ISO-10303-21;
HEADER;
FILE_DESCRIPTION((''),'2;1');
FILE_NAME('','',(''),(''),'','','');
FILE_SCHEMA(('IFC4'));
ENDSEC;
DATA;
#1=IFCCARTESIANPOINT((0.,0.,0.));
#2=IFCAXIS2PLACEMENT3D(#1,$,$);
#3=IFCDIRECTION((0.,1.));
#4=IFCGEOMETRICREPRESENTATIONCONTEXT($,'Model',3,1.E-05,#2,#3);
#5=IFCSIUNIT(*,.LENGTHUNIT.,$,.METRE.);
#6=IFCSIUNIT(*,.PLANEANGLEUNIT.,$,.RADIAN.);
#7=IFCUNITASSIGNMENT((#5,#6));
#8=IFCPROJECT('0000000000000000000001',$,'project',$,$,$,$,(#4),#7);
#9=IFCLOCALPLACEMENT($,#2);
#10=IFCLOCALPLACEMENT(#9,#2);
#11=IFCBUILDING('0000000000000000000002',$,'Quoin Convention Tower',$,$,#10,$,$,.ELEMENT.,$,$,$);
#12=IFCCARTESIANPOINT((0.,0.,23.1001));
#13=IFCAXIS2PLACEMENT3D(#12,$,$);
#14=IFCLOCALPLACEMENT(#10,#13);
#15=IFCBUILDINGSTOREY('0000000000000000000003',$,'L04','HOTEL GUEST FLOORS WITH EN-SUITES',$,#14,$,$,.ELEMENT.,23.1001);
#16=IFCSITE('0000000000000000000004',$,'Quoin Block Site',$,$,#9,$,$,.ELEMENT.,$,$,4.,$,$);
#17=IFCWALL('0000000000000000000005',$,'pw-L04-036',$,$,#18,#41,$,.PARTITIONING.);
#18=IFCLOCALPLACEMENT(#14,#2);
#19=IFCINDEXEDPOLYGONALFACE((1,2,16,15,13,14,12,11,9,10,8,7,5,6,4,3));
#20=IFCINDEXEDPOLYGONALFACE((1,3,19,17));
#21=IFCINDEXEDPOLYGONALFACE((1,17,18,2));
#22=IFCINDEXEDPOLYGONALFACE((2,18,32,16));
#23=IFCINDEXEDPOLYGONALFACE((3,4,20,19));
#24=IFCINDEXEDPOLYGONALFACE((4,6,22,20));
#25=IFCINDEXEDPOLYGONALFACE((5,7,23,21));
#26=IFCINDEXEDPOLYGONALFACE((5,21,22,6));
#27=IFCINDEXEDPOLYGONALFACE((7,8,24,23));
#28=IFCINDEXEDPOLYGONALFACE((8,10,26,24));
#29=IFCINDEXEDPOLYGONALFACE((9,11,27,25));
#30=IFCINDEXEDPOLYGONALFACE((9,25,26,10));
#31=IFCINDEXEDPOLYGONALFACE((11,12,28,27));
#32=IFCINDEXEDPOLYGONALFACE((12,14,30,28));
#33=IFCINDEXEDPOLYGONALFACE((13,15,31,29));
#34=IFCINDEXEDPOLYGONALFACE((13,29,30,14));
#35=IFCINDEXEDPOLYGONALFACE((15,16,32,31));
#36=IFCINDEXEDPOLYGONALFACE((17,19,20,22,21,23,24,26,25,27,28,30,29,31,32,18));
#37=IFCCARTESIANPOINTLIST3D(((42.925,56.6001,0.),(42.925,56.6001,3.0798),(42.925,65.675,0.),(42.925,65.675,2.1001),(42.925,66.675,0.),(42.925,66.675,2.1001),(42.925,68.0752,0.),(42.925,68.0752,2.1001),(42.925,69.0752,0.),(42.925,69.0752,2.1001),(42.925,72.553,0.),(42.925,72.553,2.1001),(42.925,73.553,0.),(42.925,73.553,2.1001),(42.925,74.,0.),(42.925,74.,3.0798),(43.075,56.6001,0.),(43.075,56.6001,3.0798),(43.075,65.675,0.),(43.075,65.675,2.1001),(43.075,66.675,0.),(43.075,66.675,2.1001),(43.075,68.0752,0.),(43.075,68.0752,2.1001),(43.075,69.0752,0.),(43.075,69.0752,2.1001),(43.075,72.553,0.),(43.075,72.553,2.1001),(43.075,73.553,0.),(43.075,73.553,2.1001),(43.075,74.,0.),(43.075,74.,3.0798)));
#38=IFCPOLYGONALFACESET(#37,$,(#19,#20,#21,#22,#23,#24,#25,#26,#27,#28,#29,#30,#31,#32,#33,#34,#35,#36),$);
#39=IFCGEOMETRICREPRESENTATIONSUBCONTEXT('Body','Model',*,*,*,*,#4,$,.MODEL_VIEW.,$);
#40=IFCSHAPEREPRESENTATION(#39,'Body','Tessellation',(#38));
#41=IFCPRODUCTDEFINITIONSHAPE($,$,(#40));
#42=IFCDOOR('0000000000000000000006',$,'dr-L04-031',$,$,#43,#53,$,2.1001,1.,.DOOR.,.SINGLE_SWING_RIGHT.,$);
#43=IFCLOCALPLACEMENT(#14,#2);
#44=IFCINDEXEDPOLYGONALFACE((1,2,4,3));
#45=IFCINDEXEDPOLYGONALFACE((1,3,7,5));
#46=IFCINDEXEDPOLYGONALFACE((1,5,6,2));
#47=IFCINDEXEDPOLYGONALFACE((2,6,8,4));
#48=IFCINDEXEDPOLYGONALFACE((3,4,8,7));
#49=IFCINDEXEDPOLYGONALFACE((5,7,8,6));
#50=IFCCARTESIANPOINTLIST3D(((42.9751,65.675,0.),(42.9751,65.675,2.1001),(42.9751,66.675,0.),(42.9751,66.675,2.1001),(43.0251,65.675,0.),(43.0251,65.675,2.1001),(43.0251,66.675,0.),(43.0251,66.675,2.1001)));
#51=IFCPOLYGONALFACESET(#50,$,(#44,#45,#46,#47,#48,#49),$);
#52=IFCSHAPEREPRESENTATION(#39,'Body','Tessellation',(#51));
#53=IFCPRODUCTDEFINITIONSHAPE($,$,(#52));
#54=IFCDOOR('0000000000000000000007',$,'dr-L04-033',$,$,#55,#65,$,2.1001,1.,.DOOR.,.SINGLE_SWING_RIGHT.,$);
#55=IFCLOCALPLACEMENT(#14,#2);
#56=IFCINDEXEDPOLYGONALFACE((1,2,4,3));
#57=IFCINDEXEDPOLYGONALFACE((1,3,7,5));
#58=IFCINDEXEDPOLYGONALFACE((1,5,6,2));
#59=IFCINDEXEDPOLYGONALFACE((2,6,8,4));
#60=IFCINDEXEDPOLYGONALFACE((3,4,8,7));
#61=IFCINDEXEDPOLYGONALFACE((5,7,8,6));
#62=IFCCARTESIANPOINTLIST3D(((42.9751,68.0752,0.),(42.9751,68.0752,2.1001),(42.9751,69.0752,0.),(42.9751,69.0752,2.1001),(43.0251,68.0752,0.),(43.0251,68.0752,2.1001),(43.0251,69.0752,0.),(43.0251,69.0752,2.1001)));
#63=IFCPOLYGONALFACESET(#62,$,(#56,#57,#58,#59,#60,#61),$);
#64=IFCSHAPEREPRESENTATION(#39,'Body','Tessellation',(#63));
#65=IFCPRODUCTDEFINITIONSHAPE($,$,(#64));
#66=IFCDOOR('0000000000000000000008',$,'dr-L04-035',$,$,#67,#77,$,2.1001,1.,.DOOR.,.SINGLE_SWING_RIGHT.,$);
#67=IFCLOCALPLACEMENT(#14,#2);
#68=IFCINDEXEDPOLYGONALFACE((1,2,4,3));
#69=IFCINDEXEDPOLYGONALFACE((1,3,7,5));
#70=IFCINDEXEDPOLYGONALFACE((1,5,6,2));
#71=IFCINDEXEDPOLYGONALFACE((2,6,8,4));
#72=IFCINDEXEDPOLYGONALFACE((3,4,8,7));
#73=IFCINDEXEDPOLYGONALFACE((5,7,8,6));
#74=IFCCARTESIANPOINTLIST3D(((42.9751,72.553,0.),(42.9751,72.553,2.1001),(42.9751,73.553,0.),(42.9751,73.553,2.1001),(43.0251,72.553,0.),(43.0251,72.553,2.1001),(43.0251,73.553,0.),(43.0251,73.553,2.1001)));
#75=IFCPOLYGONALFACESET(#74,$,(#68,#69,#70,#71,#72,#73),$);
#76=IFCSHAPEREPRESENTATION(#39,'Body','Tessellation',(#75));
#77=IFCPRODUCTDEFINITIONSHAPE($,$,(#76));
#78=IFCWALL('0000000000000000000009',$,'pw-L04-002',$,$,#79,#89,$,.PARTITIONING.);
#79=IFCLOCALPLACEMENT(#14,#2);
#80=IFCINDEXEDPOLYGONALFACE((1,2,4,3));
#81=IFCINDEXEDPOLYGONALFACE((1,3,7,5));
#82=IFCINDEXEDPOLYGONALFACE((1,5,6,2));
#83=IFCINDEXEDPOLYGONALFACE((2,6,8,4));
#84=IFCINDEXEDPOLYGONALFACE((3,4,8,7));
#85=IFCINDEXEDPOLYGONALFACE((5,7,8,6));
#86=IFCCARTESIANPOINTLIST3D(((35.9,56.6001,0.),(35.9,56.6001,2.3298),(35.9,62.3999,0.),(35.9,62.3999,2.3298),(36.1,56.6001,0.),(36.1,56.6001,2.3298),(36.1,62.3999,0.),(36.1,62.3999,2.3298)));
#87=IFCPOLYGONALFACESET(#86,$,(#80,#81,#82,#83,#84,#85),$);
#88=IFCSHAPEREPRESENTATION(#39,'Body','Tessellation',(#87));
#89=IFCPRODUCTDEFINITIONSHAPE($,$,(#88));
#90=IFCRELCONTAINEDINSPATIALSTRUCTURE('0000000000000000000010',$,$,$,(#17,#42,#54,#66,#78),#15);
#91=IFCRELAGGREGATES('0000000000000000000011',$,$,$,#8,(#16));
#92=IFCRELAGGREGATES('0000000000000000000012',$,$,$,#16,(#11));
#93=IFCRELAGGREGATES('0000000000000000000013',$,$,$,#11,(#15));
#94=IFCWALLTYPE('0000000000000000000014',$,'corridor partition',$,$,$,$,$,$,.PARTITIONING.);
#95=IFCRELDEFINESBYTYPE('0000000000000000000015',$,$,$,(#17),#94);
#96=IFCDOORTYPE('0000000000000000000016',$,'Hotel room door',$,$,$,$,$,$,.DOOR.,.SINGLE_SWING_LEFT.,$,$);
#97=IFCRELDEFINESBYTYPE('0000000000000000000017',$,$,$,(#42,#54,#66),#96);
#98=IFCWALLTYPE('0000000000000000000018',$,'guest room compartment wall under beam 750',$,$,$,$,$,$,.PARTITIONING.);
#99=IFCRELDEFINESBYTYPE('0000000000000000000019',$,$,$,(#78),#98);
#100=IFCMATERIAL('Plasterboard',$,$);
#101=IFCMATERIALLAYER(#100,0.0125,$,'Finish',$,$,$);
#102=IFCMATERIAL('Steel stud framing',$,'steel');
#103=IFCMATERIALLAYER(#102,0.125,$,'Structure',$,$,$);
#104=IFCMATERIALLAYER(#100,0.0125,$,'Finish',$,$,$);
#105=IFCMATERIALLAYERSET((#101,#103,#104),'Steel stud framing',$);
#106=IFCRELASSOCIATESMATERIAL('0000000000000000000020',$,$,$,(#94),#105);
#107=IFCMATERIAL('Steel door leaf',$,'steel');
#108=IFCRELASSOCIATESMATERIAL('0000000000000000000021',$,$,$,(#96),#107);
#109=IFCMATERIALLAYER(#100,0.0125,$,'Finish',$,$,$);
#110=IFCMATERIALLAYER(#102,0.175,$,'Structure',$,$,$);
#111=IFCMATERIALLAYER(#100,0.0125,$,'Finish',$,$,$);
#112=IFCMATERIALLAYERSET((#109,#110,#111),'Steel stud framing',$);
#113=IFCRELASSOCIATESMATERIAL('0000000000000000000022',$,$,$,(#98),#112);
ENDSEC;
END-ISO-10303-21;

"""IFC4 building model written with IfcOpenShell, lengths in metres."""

from ifc_helpers import new_model, si_unit, direction, frame, frame_2d, origin, place, context, subcontext, project, spatial, rectangle, extrude, material, layer, layer_set, type_object, element, fill, save


model = new_model("IFC4")

# Units and contexts
model_context = context("Model", 3, precision=1e-05, world=origin(), true_north=direction((0.0, 1.0)))
body_context = subcontext(model_context, "Body", "Model", "MODEL_VIEW")
ifc_project = project(units=[si_unit("LENGTHUNIT", "METRE"), si_unit("PLANEANGLEUNIT", "RADIAN")], contexts=[model_context])

# Site, building, storey
site_placement = place(None, origin())
site = spatial("IfcSite", under=ifc_project, at=site_placement, Name="Quoin Block Site", CompositionType="ELEMENT", RefElevation=4.0)
building_placement = place(site_placement, origin())
building = spatial("IfcBuilding", under=site, at=building_placement, Name="Quoin Convention Tower", CompositionType="ELEMENT")
storey_placement = place(building_placement, frame((0.0, 0.0, 23.1001)))
storey = spatial("IfcBuildingStorey", under=building, at=storey_placement, Name="L04", Description="HOTEL GUEST FLOORS WITH EN-SUITES", CompositionType="ELEMENT", Elevation=23.1001)

# Shared definitions
ifc_material_1 = material(Name="Plasterboard")
ifc_material_2 = material(Name="Steel stud framing", Category="steel")
ifc_material_3 = material(Name="Steel door leaf", Category="steel")

# Shared definitions
ifc_layer_1 = layer(ifc_material_1, 0.0125, Name="Finish")
ifc_layer_2 = layer(ifc_material_2, 0.125, Name="Structure")
ifc_layer_3 = layer(ifc_material_1, 0.0125, Name="Finish")
ifc_layer_set_1 = layer_set([ifc_layer_1, ifc_layer_2, ifc_layer_3], Name="Steel stud framing")
wall_type_1 = type_object("IfcWallType", Name="corridor partition", PredefinedType="PARTITIONING", material=ifc_layer_set_1)

# Wall, openings, doors
wall_1_placement = place(storey_placement, frame((43.0, 56.6001, 0.0), z_axis=(0.0, 0.0, 1.0), x_axis=(0.0, 1.0, 0.0)))
wall_1 = element("IfcWall", 1, at=wall_1_placement, inside=storey, type_object=wall_type_1, Name="pw-L04-036", PredefinedType="PARTITIONING", context=body_context, shape_type="SweptSolid", body=[
    extrude(rectangle(XDim=17.3999, YDim=0.1499, at=frame_2d((8.7, 0.0))), origin(), (0.0, 0.0, 1.0), 3.0798),
])
opening_1_placement = place(wall_1_placement, frame((9.075, 0.0, 0.0)))
opening_1 = element("IfcOpeningElement", 2, at=opening_1_placement, cuts=wall_1, PredefinedType="OPENING", context=body_context, shape_type="SweptSolid", body=[
    extrude(rectangle(XDim=1.0, YDim=2.1001, at=frame_2d((0.5, 1.05))), frame((0.0, 0.085, 0.0), z_axis=(0.0, -1.0, 0.0), x_axis=(1.0, 0.0, 0.0)), (0.0, 0.0, 1.0), 0.1699),
])
opening_2_placement = place(wall_1_placement, frame((11.4751, 0.0, 0.0)))
opening_2 = element("IfcOpeningElement", 3, at=opening_2_placement, cuts=wall_1, PredefinedType="OPENING", context=body_context, shape_type="SweptSolid", body=[
    extrude(rectangle(XDim=1.0, YDim=2.1001, at=frame_2d((0.5, 1.05))), frame((0.0, 0.085, 0.0), z_axis=(0.0, -1.0, 0.0), x_axis=(1.0, 0.0, 0.0)), (0.0, 0.0, 1.0), 0.1699),
])
opening_3_placement = place(wall_1_placement, frame((15.9529, 0.0, 0.0)))
opening_3 = element("IfcOpeningElement", 4, at=opening_3_placement, cuts=wall_1, PredefinedType="OPENING", context=body_context, shape_type="SweptSolid", body=[
    extrude(rectangle(XDim=1.0, YDim=2.1001, at=frame_2d((0.5, 1.05))), frame((0.0, 0.085, 0.0), z_axis=(0.0, -1.0, 0.0), x_axis=(1.0, 0.0, 0.0)), (0.0, 0.0, 1.0), 0.1699),
])
door_type_1 = type_object("IfcDoorType", Name="Hotel room door", OperationType="SINGLE_SWING_LEFT", PredefinedType="DOOR", material=ifc_material_3)
door_1_placement = place(opening_1_placement, origin())
door_1 = element("IfcDoor", 5, at=door_1_placement, inside=storey, type_object=door_type_1, Name="dr-L04-031", OperationType="SINGLE_SWING_RIGHT", OverallHeight=2.1001, OverallWidth=1.0, PredefinedType="DOOR", context=body_context, shape_type="SweptSolid", body=[
    extrude(rectangle(XDim=1.0, YDim=2.1001, at=frame_2d((0.5, 1.05))), frame((0.0, 0.0249, 0.0), z_axis=(0.0, -1.0, 0.0), x_axis=(1.0, 0.0, 0.0)), (0.0, 0.0, 1.0), 0.05),
])
fill(opening_1, door_1)
door_2_placement = place(opening_2_placement, origin())
door_2 = element("IfcDoor", 6, at=door_2_placement, inside=storey, type_object=door_type_1, Name="dr-L04-033", OperationType="SINGLE_SWING_RIGHT", OverallHeight=2.1001, OverallWidth=1.0, PredefinedType="DOOR", context=body_context, shape_type="SweptSolid", body=[
    extrude(rectangle(XDim=1.0, YDim=2.1001, at=frame_2d((0.5, 1.05))), frame((0.0, 0.0249, 0.0), z_axis=(0.0, -1.0, 0.0), x_axis=(1.0, 0.0, 0.0)), (0.0, 0.0, 1.0), 0.05),
])
fill(opening_2, door_2)
door_3_placement = place(opening_3_placement, origin())
door_3 = element("IfcDoor", 7, at=door_3_placement, inside=storey, type_object=door_type_1, Name="dr-L04-035", OperationType="SINGLE_SWING_RIGHT", OverallHeight=2.1001, OverallWidth=1.0, PredefinedType="DOOR", context=body_context, shape_type="SweptSolid", body=[
    extrude(rectangle(XDim=1.0, YDim=2.1001, at=frame_2d((0.5, 1.05))), frame((0.0, 0.0249, 0.0), z_axis=(0.0, -1.0, 0.0), x_axis=(1.0, 0.0, 0.0)), (0.0, 0.0, 1.0), 0.05),
])
fill(opening_3, door_3)

# Wall
ifc_layer_4 = layer(ifc_material_1, 0.0125, Name="Finish")
ifc_layer_5 = layer(ifc_material_2, 0.175, Name="Structure")
ifc_layer_6 = layer(ifc_material_1, 0.0125, Name="Finish")
ifc_layer_set_2 = layer_set([ifc_layer_4, ifc_layer_5, ifc_layer_6], Name="Steel stud framing")
wall_type_2 = type_object("IfcWallType", Name="guest room compartment wall under beam 750", PredefinedType="PARTITIONING", material=ifc_layer_set_2)
wall_2_placement = place(storey_placement, frame((36.0, 56.6001, 0.0), z_axis=(0.0, 0.0, 1.0), x_axis=(0.0, 1.0, 0.0)))
element("IfcWall", 8, at=wall_2_placement, inside=storey, type_object=wall_type_2, Name="pw-L04-002", PredefinedType="PARTITIONING", context=body_context, shape_type="SweptSolid", body=[
    extrude(rectangle(XDim=5.7998, YDim=0.2, at=frame_2d((2.8999, 0.0))), origin(), (0.0, 0.0, 1.0), 2.3298),
])

save(model, "model.ifc")
